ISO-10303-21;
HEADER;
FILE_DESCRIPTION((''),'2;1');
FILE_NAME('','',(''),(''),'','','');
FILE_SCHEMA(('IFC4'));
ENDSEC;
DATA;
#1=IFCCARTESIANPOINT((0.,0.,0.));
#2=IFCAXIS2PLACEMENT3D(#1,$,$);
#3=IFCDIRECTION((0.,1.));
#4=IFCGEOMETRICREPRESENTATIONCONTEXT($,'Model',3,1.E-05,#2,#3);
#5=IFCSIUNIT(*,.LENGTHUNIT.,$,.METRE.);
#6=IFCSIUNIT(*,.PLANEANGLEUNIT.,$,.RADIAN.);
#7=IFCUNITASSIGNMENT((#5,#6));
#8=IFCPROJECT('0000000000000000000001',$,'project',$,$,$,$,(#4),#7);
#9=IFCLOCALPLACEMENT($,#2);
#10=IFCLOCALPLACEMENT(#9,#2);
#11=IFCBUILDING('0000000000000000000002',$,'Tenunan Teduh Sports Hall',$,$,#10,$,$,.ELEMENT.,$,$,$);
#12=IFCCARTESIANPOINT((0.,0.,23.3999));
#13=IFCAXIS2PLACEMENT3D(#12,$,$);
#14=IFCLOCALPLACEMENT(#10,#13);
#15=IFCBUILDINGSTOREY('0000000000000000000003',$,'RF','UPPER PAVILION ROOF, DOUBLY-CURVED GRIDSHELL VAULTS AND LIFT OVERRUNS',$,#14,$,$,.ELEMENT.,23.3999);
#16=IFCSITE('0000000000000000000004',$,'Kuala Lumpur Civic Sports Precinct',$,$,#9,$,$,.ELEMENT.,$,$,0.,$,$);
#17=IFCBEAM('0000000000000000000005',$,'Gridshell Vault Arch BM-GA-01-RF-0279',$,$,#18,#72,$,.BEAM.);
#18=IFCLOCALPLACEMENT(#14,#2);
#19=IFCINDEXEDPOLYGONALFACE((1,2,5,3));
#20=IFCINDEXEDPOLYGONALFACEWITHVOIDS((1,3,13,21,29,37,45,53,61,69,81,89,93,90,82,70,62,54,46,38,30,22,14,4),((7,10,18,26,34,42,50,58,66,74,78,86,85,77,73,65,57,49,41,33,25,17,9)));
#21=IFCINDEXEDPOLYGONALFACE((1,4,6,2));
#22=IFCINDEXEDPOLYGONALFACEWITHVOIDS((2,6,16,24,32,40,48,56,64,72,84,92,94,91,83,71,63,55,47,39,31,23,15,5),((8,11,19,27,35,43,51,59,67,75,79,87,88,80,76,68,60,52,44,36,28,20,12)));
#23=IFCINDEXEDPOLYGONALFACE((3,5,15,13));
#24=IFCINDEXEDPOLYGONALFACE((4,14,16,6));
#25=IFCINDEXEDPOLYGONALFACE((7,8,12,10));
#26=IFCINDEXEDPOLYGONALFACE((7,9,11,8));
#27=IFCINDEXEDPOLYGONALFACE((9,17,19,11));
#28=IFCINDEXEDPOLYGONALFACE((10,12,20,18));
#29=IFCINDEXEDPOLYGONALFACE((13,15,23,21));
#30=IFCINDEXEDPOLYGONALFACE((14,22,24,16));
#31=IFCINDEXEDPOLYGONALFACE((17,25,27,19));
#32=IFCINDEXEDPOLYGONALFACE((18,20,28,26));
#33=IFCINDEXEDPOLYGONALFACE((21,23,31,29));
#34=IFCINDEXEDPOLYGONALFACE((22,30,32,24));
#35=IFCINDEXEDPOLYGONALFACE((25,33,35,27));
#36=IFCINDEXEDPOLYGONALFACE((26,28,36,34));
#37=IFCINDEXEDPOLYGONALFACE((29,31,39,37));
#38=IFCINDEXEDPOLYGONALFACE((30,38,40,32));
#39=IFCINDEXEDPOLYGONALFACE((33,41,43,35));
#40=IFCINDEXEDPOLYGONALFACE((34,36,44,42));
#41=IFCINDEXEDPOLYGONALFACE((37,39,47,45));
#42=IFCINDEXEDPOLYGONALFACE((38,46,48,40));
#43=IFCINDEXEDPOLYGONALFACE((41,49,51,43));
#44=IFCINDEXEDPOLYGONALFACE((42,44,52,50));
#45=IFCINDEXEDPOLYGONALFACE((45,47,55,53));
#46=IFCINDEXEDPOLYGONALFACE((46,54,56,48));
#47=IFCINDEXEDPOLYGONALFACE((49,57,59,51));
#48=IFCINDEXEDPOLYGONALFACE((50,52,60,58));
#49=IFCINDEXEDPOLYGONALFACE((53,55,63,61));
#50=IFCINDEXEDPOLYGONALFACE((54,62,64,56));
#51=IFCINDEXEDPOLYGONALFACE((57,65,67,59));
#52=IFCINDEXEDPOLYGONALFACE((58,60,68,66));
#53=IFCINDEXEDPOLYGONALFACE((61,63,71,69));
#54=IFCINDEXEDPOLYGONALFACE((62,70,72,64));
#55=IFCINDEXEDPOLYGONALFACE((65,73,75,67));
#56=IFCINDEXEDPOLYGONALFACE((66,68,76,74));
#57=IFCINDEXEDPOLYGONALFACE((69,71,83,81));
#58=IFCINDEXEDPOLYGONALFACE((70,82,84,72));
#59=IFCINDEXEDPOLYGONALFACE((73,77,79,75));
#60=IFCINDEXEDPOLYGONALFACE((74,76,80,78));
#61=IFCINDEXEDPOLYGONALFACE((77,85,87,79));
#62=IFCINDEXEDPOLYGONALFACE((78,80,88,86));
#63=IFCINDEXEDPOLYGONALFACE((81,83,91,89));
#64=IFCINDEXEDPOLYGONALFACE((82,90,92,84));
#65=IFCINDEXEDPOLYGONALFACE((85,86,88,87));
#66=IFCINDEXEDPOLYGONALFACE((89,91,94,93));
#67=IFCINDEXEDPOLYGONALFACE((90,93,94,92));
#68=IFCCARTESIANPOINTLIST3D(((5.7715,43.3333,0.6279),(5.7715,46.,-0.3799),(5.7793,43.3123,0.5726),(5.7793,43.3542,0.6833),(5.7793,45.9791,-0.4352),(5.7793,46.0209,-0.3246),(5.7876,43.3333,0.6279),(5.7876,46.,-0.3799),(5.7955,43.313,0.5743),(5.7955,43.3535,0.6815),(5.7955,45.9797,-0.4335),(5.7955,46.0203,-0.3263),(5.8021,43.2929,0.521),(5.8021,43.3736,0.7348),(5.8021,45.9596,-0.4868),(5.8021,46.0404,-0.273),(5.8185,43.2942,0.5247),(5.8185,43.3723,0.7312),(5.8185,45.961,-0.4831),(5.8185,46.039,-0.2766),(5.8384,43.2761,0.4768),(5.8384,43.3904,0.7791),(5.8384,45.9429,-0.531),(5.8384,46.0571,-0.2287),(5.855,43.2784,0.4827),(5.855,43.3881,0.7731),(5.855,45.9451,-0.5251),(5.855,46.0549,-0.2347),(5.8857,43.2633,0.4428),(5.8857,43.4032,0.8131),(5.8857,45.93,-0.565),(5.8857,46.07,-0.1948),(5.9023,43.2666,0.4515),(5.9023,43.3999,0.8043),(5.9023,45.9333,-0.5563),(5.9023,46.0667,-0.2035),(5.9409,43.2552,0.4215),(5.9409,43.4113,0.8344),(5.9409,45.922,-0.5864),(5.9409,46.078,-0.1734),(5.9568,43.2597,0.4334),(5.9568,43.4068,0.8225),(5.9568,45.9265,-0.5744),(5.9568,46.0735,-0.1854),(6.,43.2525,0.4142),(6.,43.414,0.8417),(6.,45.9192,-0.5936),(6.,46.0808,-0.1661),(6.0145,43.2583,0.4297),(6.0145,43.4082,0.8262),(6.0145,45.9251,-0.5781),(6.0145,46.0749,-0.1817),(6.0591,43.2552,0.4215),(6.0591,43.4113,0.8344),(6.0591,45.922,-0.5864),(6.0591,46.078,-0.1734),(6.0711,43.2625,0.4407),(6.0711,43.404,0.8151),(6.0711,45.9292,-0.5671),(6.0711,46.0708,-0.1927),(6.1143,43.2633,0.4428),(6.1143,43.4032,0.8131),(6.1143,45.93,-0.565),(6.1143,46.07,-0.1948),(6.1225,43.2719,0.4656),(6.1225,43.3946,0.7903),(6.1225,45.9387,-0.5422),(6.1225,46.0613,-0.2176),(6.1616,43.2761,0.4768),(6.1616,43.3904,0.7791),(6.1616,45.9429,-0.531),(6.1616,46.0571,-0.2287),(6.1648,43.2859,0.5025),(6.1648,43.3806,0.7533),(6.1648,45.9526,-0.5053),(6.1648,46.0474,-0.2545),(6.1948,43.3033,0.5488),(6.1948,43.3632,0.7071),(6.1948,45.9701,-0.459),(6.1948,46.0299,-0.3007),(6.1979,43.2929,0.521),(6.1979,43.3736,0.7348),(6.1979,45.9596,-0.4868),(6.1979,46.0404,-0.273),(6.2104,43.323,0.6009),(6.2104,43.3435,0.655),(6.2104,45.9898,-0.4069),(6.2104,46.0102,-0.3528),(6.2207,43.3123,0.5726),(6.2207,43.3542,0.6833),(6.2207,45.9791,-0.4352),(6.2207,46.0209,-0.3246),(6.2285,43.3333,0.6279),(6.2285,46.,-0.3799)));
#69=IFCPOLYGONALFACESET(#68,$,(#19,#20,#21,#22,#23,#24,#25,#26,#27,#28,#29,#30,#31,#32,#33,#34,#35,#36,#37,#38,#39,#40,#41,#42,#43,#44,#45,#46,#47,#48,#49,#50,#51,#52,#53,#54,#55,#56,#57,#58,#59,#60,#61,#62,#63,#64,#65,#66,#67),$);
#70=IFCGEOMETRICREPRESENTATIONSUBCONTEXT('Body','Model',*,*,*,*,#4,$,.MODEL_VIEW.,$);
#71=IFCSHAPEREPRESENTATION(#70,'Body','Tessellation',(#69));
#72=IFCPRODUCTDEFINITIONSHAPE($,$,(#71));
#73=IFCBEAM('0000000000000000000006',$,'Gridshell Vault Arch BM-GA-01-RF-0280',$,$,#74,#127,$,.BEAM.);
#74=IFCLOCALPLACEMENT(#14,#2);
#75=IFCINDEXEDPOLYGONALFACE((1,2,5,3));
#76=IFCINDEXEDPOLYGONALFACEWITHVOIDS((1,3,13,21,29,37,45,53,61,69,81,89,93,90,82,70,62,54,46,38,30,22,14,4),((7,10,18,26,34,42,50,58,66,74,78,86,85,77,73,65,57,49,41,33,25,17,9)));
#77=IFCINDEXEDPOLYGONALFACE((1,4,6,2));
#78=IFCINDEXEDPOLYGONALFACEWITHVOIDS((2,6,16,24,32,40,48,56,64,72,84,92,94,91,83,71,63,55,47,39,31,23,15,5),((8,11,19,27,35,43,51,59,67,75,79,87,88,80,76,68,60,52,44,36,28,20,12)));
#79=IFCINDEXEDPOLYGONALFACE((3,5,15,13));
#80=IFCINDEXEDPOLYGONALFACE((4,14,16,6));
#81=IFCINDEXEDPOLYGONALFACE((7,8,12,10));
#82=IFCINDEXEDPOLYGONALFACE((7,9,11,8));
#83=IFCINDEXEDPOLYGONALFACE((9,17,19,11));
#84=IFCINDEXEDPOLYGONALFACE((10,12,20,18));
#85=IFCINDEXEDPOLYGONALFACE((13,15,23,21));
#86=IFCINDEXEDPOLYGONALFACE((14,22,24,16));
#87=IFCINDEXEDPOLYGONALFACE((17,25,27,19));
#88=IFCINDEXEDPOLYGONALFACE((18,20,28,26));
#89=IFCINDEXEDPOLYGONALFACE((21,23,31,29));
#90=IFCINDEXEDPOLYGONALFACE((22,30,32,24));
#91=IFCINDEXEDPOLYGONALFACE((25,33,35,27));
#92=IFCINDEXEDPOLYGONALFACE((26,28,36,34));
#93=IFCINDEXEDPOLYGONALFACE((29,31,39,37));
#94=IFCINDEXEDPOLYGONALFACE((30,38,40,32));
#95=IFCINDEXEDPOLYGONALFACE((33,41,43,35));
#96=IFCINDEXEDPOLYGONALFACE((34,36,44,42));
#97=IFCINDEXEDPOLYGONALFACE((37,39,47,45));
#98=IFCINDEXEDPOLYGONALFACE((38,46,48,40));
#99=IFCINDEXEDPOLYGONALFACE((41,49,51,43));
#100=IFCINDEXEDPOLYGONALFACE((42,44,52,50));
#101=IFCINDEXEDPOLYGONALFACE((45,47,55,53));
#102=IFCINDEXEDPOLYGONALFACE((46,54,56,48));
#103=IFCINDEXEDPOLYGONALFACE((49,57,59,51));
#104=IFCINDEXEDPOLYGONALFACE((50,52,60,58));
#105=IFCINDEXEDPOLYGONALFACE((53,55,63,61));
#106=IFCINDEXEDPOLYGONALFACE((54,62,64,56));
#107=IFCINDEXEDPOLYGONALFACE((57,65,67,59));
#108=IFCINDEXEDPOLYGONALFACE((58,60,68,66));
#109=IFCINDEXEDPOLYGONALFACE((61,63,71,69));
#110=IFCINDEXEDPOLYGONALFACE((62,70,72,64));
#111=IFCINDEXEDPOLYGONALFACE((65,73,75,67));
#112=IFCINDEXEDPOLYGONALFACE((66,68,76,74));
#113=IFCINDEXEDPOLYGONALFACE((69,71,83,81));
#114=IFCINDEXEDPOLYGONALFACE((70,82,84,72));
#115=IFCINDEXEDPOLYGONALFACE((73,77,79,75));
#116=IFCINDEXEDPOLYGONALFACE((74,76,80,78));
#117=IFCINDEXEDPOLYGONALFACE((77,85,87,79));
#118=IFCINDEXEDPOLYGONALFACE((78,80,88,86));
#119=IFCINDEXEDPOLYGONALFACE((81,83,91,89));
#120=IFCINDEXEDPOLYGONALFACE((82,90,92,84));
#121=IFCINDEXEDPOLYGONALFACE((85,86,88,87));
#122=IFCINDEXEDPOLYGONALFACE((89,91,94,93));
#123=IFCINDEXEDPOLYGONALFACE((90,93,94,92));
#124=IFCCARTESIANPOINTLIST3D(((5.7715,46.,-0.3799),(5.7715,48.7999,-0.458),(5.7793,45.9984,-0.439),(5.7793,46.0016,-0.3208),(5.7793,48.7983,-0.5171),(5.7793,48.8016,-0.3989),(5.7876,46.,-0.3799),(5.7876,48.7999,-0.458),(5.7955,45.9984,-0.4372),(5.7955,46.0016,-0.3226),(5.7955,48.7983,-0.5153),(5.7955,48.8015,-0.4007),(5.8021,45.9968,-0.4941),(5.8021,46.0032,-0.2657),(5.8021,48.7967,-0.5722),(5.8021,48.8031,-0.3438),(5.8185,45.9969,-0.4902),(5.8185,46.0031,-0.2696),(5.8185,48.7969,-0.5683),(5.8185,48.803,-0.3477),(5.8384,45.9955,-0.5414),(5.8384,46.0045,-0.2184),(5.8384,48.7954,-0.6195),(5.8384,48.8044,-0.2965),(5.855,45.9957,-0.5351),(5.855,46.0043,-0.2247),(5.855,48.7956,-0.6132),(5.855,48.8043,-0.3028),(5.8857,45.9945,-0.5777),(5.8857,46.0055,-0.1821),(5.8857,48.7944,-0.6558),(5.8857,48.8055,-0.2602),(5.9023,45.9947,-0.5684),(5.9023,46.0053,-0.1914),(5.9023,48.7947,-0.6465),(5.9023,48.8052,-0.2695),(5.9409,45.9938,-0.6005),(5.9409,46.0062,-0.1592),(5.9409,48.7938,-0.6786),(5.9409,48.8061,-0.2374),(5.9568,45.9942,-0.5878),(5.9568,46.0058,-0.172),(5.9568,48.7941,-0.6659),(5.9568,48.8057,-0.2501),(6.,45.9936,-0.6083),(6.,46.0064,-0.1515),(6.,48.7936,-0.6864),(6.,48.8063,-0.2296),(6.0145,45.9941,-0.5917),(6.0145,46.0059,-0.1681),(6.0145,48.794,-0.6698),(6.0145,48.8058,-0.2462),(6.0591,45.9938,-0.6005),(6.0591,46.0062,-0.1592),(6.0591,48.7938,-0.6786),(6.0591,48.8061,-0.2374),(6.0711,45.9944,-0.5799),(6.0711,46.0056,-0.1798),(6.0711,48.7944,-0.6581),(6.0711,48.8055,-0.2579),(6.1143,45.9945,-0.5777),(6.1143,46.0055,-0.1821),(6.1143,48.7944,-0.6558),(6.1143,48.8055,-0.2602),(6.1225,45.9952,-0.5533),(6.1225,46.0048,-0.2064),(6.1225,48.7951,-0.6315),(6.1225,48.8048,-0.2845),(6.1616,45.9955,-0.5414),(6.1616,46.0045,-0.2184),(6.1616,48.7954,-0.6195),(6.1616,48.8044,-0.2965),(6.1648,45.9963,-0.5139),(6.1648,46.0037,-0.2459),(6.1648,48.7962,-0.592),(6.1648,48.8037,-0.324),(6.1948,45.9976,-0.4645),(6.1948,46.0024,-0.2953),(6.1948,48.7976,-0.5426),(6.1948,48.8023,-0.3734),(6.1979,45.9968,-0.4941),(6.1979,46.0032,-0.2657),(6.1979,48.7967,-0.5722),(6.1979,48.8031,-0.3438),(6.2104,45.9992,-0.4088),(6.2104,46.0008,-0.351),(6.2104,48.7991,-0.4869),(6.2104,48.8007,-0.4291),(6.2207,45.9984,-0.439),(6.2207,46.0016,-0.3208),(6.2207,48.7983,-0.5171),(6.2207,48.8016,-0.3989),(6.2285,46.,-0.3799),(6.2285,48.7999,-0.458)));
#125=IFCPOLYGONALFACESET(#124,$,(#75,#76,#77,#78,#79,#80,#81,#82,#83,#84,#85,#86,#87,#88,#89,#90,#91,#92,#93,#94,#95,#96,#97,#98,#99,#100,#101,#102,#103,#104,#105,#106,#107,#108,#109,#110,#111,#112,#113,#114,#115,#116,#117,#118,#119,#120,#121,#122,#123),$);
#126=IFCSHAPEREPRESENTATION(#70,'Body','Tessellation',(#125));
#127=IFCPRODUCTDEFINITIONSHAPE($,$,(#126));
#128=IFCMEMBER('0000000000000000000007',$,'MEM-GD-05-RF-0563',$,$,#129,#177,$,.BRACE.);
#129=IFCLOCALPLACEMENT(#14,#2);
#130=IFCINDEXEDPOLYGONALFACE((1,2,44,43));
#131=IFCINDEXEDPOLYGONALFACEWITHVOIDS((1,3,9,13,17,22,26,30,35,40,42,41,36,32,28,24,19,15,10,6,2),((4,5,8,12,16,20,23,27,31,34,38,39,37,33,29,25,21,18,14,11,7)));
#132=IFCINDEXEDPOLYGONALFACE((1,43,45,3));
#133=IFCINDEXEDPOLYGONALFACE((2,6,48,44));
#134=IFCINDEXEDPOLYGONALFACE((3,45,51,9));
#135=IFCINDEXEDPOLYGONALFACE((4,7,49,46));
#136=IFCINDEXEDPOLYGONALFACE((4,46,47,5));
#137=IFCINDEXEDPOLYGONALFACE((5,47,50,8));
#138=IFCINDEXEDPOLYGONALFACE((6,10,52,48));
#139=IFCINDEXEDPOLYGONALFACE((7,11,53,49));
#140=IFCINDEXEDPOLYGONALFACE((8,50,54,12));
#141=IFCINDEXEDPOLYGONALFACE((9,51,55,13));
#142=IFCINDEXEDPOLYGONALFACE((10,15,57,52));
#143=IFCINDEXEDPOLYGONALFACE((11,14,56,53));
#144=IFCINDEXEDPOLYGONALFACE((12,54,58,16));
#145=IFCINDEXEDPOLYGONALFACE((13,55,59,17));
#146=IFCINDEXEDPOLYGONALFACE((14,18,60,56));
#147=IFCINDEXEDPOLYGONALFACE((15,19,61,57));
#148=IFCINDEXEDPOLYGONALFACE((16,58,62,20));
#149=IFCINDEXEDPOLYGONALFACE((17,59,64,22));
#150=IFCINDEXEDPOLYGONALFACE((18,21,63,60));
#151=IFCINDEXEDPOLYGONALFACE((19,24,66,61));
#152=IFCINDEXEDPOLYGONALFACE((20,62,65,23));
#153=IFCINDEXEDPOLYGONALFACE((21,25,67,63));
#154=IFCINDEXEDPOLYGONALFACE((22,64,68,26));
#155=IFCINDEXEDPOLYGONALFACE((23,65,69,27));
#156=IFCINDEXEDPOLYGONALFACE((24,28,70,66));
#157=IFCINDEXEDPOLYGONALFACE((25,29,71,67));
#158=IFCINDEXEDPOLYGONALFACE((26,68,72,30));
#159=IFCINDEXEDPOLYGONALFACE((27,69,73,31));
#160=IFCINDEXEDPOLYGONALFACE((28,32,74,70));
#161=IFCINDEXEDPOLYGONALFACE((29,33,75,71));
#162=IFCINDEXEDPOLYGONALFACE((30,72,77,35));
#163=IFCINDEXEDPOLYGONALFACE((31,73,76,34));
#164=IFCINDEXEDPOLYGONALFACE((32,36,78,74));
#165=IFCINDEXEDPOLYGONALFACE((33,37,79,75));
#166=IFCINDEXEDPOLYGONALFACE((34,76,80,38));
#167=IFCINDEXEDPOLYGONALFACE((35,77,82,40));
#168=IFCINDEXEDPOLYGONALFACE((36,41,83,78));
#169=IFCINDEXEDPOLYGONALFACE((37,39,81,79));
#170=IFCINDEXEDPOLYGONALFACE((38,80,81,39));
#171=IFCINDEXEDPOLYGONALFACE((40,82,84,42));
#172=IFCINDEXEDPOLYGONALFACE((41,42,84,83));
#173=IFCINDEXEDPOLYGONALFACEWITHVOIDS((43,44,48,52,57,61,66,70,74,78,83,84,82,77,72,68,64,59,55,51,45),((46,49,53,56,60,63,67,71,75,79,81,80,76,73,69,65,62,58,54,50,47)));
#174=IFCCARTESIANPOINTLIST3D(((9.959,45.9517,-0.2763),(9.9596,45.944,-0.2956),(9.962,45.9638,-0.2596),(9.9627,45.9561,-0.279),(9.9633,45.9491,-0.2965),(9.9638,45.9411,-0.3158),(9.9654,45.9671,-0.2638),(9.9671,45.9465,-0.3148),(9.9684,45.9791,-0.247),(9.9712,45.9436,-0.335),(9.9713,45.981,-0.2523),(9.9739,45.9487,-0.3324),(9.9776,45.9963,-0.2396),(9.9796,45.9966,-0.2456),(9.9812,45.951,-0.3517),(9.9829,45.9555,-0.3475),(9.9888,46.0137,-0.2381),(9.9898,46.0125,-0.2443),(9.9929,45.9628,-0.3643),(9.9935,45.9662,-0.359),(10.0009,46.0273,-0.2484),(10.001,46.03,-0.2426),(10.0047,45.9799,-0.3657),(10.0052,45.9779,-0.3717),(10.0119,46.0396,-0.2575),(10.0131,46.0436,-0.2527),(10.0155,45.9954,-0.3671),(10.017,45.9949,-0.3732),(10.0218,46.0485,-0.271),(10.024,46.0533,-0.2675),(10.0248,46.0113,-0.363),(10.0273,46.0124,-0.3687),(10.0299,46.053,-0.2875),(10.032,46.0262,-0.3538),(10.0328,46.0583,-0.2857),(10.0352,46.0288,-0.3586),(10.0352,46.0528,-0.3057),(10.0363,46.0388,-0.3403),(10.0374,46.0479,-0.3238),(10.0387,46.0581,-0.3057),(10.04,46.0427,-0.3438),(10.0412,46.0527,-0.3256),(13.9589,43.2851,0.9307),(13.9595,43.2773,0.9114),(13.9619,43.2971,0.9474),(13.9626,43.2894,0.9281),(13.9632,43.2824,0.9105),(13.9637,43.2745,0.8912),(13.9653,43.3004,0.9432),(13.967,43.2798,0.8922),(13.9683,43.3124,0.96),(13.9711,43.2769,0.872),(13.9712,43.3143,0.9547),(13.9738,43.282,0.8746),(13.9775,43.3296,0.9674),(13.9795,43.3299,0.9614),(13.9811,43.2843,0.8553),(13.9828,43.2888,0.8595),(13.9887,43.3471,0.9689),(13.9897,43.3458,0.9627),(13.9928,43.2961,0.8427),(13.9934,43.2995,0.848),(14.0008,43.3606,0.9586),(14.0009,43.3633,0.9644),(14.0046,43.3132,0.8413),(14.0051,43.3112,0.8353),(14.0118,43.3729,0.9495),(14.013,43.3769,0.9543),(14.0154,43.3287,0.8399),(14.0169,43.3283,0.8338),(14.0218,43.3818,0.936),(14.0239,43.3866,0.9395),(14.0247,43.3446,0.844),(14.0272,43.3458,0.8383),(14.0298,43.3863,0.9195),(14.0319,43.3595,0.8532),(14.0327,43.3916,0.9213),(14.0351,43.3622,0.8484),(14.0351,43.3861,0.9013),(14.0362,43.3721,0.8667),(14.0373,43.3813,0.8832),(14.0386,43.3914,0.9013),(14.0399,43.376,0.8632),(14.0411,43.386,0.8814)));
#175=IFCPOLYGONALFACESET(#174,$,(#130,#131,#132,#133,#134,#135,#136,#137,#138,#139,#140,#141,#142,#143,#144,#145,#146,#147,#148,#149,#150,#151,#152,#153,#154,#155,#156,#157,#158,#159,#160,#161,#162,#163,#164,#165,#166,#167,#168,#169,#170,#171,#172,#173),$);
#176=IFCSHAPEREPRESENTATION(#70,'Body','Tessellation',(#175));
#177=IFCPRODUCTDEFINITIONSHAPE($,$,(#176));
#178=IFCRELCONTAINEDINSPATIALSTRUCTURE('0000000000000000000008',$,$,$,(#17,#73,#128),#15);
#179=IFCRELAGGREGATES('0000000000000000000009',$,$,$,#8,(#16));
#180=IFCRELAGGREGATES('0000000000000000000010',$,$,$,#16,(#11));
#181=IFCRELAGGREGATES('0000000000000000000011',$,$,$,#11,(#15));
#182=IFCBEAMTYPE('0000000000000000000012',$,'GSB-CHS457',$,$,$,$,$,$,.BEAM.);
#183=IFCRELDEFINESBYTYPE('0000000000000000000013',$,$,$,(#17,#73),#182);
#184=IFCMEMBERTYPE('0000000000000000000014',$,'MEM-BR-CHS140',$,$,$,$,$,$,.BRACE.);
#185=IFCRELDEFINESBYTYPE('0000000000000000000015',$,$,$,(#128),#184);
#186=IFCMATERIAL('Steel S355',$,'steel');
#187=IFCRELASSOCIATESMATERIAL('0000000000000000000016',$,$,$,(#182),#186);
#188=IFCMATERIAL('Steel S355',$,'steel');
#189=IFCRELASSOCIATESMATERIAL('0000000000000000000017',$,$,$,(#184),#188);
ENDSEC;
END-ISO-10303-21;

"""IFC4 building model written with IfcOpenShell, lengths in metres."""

from ifc_helpers import new_model, si_unit, direction, frame, origin, origin_2d, place, context, subcontext, project, spatial, hollow_circle, extrude, material, material_profile, profile_set, type_object, element, save


model = new_model("IFC4")

# Units and contexts
model_context = context("Model", 3, precision=1e-05, world=origin(), true_north=direction((0.0, 1.0)))
body_context = subcontext(model_context, "Body", "Model", "MODEL_VIEW")
ifc_project = project(units=[si_unit("LENGTHUNIT", "METRE"), si_unit("PLANEANGLEUNIT", "RADIAN")], contexts=[model_context])

# Site, building, storey
site_placement = place(None, origin())
site = spatial("IfcSite", under=ifc_project, at=site_placement, Name="Kuala Lumpur Civic Sports Precinct", CompositionType="ELEMENT", RefElevation=0.0)
building_placement = place(site_placement, origin())
building = spatial("IfcBuilding", under=site, at=building_placement, Name="Tenunan Teduh Sports Hall", CompositionType="ELEMENT")
storey_placement = place(building_placement, frame((0.0, 0.0, 23.3999)))
storey = spatial("IfcBuildingStorey", under=building, at=storey_placement, Name="RF", Description="UPPER PAVILION ROOF, DOUBLY-CURVED GRIDSHELL VAULTS AND LIFT OVERRUNS", CompositionType="ELEMENT", Elevation=23.3999)

# Beams
ifc_material_1 = material(Name="Steel S355", Category="steel")
ifc_material_profile_1 = material_profile(ifc_material_1, hollow_circle(Radius=0.2285, WallThickness=0.0161, at=origin_2d()), Name="CHS 457.0x16.0")
ifc_profile_set_1 = profile_set([ifc_material_profile_1], Name="Steel S355")
beam_type_1 = type_object("IfcBeamType", Name="GSB-CHS457", PredefinedType="BEAM", material=ifc_profile_set_1)
beam_1_placement = place(storey_placement, frame((6.0, 43.3333, 0.6279), z_axis=(0.0, 0.935429, -0.353515), x_axis=(-1.0, 0.0, 0.0)))
element("IfcBeam", 1, at=beam_1_placement, inside=storey, type_object=beam_type_1, Name="Gridshell Vault Arch BM-GA-01-RF-0279", PredefinedType="BEAM", context=body_context, shape_type="SweptSolid", body=[
    extrude(hollow_circle(Radius=0.2285, WallThickness=0.0161, at=origin_2d()), origin(), (0.0, 0.0, 1.0), 2.8508),
])
beam_2_placement = place(storey_placement, frame((6.0, 46.0, -0.3799), z_axis=(0.0, 0.999611, -0.02789), x_axis=(-1.0, 0.0, 0.0)))
element("IfcBeam", 2, at=beam_2_placement, inside=storey, type_object=beam_type_1, Name="Gridshell Vault Arch BM-GA-01-RF-0280", PredefinedType="BEAM", context=body_context, shape_type="SweptSolid", body=[
    extrude(hollow_circle(Radius=0.2285, WallThickness=0.0161, at=origin_2d()), origin(), (0.0, 0.0, 1.0), 2.801),
])

# Member
ifc_material_2 = material(Name="Steel S355", Category="steel")
ifc_material_profile_2 = material_profile(ifc_material_2, hollow_circle(Radius=0.0698, WallThickness=0.0063, at=origin_2d()), Name="CHS 139.7x6.3")
ifc_profile_set_2 = profile_set([ifc_material_profile_2], Name="Steel S355")
member_type_1 = type_object("IfcMemberType", Name="MEM-BR-CHS140", PredefinedType="BRACE", material=ifc_profile_set_2)
member_1_placement = place(storey_placement, frame((10.0, 46.0, -0.3057), z_axis=(0.806995, -0.538013, 0.243517), x_axis=(0.554712, 0.832042, 0.0)))
element("IfcMember", 3, at=member_1_placement, inside=storey, type_object=member_type_1, Name="MEM-GD-05-RF-0563", PredefinedType="BRACE", context=body_context, shape_type="SweptSolid", body=[
    extrude(hollow_circle(Radius=0.0698, WallThickness=0.0063, at=origin_2d()), origin(), (0.0, 0.0, 1.0), 4.9565),
])

save(model, "model.ifc")
